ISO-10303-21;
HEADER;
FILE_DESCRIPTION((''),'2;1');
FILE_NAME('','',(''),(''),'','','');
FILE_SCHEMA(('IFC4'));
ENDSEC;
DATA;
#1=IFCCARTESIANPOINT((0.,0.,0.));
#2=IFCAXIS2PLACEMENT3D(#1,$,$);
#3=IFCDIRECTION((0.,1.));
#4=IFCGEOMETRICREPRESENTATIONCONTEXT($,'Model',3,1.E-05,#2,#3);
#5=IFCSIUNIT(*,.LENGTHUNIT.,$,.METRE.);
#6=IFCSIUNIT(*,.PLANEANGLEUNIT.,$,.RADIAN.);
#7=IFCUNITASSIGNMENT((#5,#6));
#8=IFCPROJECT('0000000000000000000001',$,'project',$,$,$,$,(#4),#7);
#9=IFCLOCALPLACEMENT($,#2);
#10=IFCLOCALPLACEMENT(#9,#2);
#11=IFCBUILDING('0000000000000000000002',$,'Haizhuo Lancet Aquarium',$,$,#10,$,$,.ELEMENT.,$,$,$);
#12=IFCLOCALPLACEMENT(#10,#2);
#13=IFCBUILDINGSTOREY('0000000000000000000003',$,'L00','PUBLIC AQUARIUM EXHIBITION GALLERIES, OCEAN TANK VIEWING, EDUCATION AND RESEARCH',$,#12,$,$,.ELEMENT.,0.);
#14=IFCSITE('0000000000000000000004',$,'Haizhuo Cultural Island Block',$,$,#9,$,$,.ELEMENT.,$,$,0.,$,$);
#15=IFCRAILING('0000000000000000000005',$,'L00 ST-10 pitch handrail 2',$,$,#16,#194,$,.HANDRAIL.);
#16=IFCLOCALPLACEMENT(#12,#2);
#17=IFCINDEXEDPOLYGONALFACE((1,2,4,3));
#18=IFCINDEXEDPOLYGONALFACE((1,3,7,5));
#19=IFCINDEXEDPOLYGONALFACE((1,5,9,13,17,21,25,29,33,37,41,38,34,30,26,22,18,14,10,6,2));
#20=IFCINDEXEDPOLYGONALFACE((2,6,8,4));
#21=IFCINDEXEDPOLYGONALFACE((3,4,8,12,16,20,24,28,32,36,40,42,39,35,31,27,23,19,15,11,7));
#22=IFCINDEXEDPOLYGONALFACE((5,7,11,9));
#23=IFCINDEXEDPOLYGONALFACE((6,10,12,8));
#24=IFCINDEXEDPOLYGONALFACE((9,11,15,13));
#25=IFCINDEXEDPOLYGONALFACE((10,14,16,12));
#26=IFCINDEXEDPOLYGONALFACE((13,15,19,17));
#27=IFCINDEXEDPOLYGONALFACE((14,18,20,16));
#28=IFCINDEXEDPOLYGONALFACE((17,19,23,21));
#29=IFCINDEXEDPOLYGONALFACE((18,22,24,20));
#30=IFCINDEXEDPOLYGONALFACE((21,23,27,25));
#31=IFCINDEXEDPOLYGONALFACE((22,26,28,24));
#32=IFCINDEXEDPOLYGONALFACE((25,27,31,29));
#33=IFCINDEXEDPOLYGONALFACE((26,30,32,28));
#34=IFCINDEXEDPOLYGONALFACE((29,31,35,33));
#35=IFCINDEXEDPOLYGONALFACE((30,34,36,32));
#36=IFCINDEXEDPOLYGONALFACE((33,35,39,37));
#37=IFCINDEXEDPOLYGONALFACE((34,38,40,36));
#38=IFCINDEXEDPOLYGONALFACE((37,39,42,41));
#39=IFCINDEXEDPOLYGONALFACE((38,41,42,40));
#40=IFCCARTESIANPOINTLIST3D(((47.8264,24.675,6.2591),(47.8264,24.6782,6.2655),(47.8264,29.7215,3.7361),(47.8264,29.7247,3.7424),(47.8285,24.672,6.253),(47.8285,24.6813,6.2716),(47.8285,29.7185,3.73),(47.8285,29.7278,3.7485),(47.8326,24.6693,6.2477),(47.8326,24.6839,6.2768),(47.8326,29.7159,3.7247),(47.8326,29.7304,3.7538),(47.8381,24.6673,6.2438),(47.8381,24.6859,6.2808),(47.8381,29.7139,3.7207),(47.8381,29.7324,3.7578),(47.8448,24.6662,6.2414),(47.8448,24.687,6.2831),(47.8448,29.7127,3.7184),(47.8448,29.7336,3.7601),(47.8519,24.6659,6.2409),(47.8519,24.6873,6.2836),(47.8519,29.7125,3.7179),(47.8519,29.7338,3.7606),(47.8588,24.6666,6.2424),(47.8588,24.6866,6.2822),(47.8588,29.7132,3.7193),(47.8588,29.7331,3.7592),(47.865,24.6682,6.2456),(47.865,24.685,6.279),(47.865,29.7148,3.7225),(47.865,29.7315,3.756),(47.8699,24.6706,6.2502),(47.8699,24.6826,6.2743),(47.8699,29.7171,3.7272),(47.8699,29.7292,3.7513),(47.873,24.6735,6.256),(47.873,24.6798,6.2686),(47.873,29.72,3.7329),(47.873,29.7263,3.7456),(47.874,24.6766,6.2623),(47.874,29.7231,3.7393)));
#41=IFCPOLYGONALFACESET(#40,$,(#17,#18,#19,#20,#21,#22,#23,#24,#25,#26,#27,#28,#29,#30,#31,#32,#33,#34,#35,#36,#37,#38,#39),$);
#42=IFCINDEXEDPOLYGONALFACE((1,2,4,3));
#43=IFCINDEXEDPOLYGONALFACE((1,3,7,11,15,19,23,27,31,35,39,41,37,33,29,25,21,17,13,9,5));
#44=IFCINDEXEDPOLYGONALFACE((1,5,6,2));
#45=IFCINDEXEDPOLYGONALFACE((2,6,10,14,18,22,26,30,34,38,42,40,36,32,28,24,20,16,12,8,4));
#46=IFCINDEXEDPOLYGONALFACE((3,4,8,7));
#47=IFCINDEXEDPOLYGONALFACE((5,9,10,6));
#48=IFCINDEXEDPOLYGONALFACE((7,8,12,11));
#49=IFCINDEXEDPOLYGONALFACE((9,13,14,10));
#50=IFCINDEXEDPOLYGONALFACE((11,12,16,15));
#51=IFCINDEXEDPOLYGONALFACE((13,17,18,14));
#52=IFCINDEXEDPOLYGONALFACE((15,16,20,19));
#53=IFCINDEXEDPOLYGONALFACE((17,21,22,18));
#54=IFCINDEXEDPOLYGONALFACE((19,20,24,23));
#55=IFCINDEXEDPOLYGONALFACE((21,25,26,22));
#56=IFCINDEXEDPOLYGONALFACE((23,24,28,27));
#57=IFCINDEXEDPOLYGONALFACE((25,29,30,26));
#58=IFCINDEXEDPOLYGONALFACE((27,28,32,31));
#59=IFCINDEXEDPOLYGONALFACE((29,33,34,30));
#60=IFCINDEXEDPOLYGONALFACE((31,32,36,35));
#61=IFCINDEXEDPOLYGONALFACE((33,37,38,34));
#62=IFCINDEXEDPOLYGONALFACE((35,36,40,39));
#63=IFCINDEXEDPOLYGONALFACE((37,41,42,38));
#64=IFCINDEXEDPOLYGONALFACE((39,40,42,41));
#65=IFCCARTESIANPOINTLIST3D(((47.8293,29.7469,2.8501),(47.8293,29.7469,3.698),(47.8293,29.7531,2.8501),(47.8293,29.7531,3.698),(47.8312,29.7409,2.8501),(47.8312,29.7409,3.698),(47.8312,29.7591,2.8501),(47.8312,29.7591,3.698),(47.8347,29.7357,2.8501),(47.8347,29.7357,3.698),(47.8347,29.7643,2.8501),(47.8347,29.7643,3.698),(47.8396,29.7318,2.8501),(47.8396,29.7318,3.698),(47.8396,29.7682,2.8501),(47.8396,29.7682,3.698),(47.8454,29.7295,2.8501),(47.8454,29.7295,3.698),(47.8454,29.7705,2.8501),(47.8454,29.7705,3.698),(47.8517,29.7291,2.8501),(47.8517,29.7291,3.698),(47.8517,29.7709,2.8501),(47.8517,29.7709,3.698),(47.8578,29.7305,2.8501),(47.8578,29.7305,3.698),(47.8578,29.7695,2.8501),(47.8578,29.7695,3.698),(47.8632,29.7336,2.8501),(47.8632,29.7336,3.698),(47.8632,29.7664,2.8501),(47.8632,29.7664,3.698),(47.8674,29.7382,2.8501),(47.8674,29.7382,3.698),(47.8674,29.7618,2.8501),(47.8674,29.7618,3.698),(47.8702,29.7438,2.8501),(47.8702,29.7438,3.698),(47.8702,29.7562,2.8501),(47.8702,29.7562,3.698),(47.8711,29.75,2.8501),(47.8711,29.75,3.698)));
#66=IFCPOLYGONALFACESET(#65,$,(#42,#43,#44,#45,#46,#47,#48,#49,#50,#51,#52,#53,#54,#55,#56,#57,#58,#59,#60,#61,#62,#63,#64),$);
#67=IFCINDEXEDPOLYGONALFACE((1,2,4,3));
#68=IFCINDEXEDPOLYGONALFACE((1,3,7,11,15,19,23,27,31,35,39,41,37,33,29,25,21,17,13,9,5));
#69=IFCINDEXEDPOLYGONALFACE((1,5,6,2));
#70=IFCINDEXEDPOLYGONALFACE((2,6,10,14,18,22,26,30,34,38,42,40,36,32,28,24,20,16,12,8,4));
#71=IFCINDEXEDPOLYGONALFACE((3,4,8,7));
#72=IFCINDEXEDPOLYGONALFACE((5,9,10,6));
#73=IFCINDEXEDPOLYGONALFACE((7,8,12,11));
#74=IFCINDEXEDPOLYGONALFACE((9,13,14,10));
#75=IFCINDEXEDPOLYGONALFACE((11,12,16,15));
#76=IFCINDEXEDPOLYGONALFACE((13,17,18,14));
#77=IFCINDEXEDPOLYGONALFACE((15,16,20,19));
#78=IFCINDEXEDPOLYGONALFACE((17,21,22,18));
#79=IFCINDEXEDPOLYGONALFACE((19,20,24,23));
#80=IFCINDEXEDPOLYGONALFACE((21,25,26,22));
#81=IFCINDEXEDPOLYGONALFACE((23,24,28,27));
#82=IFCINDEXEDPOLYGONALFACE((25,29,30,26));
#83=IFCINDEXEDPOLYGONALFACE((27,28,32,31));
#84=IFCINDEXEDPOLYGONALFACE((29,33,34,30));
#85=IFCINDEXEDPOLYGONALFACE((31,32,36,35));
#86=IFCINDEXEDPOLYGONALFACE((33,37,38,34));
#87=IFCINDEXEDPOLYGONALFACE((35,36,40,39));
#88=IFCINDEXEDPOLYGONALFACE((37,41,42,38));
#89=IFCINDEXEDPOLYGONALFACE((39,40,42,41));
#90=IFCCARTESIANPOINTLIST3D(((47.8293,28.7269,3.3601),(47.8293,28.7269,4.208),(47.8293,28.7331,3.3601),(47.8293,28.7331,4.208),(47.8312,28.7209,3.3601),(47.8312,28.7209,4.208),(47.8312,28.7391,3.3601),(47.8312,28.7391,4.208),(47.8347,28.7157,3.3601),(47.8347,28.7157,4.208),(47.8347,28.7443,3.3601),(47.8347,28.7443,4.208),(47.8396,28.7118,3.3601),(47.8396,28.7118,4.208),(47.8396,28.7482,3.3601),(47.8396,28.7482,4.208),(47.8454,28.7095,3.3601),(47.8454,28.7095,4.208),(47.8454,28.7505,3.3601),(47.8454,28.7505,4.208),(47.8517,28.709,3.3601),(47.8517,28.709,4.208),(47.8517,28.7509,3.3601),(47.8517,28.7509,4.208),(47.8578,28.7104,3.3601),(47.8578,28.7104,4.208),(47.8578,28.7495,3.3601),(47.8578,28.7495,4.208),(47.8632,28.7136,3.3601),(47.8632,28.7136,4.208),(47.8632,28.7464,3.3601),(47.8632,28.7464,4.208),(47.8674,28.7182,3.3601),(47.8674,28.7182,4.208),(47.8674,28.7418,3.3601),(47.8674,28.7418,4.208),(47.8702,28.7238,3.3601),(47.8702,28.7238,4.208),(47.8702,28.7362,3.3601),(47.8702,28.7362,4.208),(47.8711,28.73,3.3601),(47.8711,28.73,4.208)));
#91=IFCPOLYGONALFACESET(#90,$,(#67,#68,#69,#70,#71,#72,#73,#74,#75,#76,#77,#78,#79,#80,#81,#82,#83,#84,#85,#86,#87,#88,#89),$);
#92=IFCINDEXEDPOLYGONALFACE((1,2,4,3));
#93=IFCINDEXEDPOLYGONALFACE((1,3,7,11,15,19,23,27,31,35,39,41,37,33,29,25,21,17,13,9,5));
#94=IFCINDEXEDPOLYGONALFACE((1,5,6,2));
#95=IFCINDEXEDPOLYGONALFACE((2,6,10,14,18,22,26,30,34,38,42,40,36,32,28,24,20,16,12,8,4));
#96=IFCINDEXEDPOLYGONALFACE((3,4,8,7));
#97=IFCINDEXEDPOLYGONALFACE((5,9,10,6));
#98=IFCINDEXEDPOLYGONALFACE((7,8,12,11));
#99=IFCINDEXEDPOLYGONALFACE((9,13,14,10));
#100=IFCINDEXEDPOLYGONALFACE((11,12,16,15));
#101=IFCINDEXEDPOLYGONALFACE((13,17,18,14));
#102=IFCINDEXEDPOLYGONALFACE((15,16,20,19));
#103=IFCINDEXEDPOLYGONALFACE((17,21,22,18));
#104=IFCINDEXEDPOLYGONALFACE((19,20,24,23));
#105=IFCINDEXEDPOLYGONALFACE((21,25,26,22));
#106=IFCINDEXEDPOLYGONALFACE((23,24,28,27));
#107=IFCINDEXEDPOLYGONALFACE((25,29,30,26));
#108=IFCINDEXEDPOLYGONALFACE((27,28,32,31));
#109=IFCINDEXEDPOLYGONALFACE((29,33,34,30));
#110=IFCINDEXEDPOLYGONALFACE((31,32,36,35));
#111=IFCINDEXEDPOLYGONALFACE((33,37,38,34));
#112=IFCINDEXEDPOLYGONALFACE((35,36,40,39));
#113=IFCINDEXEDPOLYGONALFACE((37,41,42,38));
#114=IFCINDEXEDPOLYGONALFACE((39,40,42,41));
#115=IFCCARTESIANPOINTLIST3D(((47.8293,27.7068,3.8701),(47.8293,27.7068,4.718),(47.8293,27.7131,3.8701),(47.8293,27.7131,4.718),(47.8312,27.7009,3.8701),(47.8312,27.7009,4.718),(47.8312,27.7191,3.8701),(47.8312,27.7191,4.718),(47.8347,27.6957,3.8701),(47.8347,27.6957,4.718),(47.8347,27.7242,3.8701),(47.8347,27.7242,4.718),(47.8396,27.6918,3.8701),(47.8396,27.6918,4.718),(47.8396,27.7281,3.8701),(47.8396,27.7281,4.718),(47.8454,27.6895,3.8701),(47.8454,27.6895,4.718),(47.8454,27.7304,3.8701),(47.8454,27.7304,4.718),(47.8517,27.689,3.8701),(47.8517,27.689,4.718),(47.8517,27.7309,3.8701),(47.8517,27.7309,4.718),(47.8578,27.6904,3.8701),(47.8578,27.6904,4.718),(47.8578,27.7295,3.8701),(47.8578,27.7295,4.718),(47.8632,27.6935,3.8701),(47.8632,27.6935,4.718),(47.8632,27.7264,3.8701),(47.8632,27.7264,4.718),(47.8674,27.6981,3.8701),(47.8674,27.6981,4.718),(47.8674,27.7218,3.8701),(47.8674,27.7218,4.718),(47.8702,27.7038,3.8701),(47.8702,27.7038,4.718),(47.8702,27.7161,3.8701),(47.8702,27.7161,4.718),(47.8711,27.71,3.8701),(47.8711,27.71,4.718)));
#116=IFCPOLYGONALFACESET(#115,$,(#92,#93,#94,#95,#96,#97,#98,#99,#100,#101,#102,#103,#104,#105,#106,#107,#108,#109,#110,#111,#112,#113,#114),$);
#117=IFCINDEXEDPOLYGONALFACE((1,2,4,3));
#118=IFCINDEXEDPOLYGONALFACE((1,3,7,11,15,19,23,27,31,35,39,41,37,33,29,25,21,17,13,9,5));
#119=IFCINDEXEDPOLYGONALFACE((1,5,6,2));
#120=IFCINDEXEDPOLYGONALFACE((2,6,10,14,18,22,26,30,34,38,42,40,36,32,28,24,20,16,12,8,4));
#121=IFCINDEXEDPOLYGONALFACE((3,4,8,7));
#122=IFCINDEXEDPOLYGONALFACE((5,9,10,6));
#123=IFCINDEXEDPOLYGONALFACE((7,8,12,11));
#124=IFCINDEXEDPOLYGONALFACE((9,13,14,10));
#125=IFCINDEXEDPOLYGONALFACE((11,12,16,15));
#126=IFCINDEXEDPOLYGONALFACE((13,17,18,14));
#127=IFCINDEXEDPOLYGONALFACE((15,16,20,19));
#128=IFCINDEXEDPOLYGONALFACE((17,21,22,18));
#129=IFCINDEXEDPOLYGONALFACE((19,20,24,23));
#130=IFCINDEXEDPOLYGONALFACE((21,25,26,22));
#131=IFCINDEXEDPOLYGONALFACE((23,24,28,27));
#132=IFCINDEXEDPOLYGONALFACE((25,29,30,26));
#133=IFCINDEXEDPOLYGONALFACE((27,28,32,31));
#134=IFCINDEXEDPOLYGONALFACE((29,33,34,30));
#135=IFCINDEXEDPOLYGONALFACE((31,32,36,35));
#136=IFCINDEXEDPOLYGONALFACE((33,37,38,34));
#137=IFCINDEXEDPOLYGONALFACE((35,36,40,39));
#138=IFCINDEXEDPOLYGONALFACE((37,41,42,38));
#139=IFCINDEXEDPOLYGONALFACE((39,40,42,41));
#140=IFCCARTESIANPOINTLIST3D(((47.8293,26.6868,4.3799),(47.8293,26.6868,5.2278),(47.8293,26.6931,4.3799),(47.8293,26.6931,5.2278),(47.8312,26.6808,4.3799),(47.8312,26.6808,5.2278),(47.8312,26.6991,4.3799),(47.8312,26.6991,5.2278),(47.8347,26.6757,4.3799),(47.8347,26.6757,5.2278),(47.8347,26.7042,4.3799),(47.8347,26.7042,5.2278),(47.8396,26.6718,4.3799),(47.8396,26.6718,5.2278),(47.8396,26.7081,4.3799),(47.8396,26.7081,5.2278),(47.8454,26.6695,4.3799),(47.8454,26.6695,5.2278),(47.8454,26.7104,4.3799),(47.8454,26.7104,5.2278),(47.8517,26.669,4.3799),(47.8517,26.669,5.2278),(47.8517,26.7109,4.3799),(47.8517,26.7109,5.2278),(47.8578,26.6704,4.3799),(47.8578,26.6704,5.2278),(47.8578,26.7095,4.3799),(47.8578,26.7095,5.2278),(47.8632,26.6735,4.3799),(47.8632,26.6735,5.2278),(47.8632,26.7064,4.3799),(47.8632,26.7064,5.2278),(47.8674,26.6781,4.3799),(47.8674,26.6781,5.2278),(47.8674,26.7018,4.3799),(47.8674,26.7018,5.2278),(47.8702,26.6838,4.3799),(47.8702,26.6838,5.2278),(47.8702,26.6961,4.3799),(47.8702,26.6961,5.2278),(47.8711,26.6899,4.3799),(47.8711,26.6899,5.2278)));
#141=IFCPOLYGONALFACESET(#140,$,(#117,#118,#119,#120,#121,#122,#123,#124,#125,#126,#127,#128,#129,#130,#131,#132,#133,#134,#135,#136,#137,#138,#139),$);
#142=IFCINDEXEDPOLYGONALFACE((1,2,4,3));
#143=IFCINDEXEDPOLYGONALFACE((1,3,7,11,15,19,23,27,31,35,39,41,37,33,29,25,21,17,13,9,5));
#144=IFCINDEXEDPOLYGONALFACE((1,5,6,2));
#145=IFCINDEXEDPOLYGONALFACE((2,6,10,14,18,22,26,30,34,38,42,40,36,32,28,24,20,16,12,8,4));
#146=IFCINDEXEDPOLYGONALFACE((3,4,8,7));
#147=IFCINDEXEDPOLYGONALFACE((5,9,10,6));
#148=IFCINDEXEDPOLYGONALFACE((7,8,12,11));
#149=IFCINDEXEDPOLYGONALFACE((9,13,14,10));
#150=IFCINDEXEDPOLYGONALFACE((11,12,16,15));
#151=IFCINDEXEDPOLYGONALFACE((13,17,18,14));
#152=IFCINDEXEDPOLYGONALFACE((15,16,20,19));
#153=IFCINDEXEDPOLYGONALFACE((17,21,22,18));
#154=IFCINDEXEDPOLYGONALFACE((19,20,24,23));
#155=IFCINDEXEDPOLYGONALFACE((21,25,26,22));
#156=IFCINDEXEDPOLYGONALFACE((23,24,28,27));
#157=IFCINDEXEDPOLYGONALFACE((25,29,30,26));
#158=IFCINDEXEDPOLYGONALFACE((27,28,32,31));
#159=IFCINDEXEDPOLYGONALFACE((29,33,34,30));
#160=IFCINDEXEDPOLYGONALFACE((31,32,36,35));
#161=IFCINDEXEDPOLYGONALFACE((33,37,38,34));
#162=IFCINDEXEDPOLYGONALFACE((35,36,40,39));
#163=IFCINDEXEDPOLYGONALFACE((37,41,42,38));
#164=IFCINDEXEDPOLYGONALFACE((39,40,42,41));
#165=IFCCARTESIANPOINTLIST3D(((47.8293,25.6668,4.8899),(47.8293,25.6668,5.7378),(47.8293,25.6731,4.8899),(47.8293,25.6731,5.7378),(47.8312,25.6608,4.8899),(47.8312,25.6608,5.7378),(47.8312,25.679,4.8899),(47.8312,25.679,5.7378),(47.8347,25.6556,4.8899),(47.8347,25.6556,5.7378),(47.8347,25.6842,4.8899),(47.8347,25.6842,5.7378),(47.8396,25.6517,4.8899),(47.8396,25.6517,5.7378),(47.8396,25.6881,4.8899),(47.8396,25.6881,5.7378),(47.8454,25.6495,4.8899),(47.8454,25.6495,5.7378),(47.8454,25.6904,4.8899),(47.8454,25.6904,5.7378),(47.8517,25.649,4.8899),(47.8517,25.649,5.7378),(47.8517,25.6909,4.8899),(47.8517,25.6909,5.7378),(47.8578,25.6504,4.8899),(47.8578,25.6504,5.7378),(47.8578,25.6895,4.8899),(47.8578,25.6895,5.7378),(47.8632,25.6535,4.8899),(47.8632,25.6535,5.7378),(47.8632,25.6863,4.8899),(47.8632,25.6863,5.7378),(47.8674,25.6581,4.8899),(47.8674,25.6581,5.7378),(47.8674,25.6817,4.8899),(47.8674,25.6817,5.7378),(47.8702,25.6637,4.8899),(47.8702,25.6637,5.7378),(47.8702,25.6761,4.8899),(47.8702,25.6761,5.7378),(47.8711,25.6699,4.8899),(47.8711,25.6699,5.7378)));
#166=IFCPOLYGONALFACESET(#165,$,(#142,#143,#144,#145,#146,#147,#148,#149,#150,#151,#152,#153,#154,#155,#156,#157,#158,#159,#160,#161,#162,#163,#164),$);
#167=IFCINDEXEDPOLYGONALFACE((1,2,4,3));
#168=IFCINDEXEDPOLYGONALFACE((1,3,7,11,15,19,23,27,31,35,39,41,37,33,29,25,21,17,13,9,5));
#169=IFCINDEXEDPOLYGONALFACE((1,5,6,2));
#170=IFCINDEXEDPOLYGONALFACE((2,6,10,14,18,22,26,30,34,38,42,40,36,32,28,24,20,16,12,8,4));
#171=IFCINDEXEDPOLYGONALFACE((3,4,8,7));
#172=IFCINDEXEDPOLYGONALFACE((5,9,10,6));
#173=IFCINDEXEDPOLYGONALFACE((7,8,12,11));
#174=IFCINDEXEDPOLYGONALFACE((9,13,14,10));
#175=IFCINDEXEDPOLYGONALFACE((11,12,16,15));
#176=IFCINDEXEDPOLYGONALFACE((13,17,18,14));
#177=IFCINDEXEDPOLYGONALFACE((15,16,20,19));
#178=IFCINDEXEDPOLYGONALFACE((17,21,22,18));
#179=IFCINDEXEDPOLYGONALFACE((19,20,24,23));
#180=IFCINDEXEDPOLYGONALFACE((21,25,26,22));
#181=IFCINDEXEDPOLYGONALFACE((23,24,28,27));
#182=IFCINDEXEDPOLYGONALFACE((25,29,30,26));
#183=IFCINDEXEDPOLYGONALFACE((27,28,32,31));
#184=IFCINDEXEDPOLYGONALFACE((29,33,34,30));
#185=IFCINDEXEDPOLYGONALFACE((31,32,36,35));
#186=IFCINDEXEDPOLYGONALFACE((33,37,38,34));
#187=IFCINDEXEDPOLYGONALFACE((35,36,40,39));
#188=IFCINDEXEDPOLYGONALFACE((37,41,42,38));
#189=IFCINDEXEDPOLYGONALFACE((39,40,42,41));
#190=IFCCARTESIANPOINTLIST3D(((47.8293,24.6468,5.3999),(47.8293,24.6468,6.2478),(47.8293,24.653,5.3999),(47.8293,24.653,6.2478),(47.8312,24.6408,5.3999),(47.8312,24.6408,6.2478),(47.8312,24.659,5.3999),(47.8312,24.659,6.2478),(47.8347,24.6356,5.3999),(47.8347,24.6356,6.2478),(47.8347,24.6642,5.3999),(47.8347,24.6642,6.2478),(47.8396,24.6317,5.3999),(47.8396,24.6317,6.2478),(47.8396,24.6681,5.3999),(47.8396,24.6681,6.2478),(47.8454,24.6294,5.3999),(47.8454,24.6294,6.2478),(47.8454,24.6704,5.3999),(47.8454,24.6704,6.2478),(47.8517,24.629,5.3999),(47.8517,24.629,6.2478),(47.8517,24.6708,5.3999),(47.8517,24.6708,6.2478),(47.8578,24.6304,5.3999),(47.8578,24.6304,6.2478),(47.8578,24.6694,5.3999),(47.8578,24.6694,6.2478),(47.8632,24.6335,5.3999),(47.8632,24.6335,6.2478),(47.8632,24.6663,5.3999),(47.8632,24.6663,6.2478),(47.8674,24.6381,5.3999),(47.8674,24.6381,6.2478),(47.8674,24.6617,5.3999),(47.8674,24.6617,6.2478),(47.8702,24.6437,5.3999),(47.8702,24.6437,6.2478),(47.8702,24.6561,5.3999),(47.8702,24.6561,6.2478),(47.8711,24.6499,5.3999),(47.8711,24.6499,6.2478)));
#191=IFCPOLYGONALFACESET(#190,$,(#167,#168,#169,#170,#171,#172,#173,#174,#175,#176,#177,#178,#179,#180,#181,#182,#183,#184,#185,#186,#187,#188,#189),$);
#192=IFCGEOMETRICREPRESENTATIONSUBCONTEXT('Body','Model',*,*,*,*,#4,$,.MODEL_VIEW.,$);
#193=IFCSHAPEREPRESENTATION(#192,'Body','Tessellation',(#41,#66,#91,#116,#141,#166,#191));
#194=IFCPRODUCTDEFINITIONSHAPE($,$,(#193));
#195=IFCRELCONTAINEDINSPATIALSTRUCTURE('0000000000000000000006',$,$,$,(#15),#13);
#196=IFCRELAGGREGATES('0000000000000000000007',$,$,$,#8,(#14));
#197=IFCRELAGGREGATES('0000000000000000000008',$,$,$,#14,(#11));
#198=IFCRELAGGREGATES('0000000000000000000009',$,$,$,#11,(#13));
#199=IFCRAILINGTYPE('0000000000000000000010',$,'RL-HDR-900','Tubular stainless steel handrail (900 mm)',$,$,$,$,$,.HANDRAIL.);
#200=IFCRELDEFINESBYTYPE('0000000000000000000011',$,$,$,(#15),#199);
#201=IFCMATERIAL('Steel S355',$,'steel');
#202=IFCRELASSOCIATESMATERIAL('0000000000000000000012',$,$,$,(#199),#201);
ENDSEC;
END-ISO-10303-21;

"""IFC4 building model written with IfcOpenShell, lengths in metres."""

from ifc_helpers import new_model, si_unit, direction, frame, origin, origin_2d, place, context, subcontext, project, spatial, circle, extrude, material, type_object, element, save


model = new_model("IFC4")

# Units and contexts
model_context = context("Model", 3, precision=1e-05, world=origin(), true_north=direction((0.0, 1.0)))
body_context = subcontext(model_context, "Body", "Model", "MODEL_VIEW")
ifc_project = project(units=[si_unit("LENGTHUNIT", "METRE"), si_unit("PLANEANGLEUNIT", "RADIAN")], contexts=[model_context])

# Site, building, storey
site_placement = place(None, origin())
site = spatial("IfcSite", under=ifc_project, at=site_placement, Name="Haizhuo Cultural Island Block", CompositionType="ELEMENT", RefElevation=0.0)
building_placement = place(site_placement, origin())
building = spatial("IfcBuilding", under=site, at=building_placement, Name="Haizhuo Lancet Aquarium", CompositionType="ELEMENT")
storey_placement = place(building_placement, origin())
storey = spatial("IfcBuildingStorey", under=building, at=storey_placement, Name="L00", Description="PUBLIC AQUARIUM EXHIBITION GALLERIES, OCEAN TANK VIEWING, EDUCATION AND RESEARCH", CompositionType="ELEMENT", Elevation=0.0)

# Shared definitions
ifc_material_1 = material(Name="Steel S355", Category="steel")

# Railing
railing_type_1 = type_object("IfcRailingType", Name="RL-HDR-900", Description="Tubular stainless steel handrail (900 mm)", PredefinedType="HANDRAIL", material=ifc_material_1)
railing_1_placement = place(storey_placement, frame((47.8501, 29.75, 2.8501)))
element("IfcRailing", 1, at=railing_1_placement, inside=storey, type_object=railing_type_1, Name="L00 ST-10 pitch handrail 2", PredefinedType="HANDRAIL", context=body_context, shape_type="SweptSolid", body=[
    extrude(circle(Radius=0.0239, at=origin_2d()), frame((0.0, -0.0269, 0.8892), z_axis=(0.0, -0.894444, 0.447179), x_axis=(1.0, 0.0, 0.0)), (0.0, 0.0, 1.0), 5.6421),
    extrude(circle(Radius=0.021, at=origin_2d()), origin(), (0.0, 0.0, 1.0), 0.8479),
    extrude(circle(Radius=0.021, at=origin_2d()), frame((0.0, -1.02, 0.51)), (0.0, 0.0, 1.0), 0.8479),
    extrude(circle(Radius=0.021, at=origin_2d()), frame((0.0, -2.04, 1.02)), (0.0, 0.0, 1.0), 0.8479),
    extrude(circle(Radius=0.021, at=origin_2d()), frame((0.0, -3.0601, 1.5298)), (0.0, 0.0, 1.0), 0.8479),
    extrude(circle(Radius=0.021, at=origin_2d()), frame((0.0, -4.0801, 2.0398)), (0.0, 0.0, 1.0), 0.8479),
    extrude(circle(Radius=0.021, at=origin_2d()), frame((0.0, -5.1001, 2.5498)), (0.0, 0.0, 1.0), 0.8479),
])

save(model, "model.ifc")
